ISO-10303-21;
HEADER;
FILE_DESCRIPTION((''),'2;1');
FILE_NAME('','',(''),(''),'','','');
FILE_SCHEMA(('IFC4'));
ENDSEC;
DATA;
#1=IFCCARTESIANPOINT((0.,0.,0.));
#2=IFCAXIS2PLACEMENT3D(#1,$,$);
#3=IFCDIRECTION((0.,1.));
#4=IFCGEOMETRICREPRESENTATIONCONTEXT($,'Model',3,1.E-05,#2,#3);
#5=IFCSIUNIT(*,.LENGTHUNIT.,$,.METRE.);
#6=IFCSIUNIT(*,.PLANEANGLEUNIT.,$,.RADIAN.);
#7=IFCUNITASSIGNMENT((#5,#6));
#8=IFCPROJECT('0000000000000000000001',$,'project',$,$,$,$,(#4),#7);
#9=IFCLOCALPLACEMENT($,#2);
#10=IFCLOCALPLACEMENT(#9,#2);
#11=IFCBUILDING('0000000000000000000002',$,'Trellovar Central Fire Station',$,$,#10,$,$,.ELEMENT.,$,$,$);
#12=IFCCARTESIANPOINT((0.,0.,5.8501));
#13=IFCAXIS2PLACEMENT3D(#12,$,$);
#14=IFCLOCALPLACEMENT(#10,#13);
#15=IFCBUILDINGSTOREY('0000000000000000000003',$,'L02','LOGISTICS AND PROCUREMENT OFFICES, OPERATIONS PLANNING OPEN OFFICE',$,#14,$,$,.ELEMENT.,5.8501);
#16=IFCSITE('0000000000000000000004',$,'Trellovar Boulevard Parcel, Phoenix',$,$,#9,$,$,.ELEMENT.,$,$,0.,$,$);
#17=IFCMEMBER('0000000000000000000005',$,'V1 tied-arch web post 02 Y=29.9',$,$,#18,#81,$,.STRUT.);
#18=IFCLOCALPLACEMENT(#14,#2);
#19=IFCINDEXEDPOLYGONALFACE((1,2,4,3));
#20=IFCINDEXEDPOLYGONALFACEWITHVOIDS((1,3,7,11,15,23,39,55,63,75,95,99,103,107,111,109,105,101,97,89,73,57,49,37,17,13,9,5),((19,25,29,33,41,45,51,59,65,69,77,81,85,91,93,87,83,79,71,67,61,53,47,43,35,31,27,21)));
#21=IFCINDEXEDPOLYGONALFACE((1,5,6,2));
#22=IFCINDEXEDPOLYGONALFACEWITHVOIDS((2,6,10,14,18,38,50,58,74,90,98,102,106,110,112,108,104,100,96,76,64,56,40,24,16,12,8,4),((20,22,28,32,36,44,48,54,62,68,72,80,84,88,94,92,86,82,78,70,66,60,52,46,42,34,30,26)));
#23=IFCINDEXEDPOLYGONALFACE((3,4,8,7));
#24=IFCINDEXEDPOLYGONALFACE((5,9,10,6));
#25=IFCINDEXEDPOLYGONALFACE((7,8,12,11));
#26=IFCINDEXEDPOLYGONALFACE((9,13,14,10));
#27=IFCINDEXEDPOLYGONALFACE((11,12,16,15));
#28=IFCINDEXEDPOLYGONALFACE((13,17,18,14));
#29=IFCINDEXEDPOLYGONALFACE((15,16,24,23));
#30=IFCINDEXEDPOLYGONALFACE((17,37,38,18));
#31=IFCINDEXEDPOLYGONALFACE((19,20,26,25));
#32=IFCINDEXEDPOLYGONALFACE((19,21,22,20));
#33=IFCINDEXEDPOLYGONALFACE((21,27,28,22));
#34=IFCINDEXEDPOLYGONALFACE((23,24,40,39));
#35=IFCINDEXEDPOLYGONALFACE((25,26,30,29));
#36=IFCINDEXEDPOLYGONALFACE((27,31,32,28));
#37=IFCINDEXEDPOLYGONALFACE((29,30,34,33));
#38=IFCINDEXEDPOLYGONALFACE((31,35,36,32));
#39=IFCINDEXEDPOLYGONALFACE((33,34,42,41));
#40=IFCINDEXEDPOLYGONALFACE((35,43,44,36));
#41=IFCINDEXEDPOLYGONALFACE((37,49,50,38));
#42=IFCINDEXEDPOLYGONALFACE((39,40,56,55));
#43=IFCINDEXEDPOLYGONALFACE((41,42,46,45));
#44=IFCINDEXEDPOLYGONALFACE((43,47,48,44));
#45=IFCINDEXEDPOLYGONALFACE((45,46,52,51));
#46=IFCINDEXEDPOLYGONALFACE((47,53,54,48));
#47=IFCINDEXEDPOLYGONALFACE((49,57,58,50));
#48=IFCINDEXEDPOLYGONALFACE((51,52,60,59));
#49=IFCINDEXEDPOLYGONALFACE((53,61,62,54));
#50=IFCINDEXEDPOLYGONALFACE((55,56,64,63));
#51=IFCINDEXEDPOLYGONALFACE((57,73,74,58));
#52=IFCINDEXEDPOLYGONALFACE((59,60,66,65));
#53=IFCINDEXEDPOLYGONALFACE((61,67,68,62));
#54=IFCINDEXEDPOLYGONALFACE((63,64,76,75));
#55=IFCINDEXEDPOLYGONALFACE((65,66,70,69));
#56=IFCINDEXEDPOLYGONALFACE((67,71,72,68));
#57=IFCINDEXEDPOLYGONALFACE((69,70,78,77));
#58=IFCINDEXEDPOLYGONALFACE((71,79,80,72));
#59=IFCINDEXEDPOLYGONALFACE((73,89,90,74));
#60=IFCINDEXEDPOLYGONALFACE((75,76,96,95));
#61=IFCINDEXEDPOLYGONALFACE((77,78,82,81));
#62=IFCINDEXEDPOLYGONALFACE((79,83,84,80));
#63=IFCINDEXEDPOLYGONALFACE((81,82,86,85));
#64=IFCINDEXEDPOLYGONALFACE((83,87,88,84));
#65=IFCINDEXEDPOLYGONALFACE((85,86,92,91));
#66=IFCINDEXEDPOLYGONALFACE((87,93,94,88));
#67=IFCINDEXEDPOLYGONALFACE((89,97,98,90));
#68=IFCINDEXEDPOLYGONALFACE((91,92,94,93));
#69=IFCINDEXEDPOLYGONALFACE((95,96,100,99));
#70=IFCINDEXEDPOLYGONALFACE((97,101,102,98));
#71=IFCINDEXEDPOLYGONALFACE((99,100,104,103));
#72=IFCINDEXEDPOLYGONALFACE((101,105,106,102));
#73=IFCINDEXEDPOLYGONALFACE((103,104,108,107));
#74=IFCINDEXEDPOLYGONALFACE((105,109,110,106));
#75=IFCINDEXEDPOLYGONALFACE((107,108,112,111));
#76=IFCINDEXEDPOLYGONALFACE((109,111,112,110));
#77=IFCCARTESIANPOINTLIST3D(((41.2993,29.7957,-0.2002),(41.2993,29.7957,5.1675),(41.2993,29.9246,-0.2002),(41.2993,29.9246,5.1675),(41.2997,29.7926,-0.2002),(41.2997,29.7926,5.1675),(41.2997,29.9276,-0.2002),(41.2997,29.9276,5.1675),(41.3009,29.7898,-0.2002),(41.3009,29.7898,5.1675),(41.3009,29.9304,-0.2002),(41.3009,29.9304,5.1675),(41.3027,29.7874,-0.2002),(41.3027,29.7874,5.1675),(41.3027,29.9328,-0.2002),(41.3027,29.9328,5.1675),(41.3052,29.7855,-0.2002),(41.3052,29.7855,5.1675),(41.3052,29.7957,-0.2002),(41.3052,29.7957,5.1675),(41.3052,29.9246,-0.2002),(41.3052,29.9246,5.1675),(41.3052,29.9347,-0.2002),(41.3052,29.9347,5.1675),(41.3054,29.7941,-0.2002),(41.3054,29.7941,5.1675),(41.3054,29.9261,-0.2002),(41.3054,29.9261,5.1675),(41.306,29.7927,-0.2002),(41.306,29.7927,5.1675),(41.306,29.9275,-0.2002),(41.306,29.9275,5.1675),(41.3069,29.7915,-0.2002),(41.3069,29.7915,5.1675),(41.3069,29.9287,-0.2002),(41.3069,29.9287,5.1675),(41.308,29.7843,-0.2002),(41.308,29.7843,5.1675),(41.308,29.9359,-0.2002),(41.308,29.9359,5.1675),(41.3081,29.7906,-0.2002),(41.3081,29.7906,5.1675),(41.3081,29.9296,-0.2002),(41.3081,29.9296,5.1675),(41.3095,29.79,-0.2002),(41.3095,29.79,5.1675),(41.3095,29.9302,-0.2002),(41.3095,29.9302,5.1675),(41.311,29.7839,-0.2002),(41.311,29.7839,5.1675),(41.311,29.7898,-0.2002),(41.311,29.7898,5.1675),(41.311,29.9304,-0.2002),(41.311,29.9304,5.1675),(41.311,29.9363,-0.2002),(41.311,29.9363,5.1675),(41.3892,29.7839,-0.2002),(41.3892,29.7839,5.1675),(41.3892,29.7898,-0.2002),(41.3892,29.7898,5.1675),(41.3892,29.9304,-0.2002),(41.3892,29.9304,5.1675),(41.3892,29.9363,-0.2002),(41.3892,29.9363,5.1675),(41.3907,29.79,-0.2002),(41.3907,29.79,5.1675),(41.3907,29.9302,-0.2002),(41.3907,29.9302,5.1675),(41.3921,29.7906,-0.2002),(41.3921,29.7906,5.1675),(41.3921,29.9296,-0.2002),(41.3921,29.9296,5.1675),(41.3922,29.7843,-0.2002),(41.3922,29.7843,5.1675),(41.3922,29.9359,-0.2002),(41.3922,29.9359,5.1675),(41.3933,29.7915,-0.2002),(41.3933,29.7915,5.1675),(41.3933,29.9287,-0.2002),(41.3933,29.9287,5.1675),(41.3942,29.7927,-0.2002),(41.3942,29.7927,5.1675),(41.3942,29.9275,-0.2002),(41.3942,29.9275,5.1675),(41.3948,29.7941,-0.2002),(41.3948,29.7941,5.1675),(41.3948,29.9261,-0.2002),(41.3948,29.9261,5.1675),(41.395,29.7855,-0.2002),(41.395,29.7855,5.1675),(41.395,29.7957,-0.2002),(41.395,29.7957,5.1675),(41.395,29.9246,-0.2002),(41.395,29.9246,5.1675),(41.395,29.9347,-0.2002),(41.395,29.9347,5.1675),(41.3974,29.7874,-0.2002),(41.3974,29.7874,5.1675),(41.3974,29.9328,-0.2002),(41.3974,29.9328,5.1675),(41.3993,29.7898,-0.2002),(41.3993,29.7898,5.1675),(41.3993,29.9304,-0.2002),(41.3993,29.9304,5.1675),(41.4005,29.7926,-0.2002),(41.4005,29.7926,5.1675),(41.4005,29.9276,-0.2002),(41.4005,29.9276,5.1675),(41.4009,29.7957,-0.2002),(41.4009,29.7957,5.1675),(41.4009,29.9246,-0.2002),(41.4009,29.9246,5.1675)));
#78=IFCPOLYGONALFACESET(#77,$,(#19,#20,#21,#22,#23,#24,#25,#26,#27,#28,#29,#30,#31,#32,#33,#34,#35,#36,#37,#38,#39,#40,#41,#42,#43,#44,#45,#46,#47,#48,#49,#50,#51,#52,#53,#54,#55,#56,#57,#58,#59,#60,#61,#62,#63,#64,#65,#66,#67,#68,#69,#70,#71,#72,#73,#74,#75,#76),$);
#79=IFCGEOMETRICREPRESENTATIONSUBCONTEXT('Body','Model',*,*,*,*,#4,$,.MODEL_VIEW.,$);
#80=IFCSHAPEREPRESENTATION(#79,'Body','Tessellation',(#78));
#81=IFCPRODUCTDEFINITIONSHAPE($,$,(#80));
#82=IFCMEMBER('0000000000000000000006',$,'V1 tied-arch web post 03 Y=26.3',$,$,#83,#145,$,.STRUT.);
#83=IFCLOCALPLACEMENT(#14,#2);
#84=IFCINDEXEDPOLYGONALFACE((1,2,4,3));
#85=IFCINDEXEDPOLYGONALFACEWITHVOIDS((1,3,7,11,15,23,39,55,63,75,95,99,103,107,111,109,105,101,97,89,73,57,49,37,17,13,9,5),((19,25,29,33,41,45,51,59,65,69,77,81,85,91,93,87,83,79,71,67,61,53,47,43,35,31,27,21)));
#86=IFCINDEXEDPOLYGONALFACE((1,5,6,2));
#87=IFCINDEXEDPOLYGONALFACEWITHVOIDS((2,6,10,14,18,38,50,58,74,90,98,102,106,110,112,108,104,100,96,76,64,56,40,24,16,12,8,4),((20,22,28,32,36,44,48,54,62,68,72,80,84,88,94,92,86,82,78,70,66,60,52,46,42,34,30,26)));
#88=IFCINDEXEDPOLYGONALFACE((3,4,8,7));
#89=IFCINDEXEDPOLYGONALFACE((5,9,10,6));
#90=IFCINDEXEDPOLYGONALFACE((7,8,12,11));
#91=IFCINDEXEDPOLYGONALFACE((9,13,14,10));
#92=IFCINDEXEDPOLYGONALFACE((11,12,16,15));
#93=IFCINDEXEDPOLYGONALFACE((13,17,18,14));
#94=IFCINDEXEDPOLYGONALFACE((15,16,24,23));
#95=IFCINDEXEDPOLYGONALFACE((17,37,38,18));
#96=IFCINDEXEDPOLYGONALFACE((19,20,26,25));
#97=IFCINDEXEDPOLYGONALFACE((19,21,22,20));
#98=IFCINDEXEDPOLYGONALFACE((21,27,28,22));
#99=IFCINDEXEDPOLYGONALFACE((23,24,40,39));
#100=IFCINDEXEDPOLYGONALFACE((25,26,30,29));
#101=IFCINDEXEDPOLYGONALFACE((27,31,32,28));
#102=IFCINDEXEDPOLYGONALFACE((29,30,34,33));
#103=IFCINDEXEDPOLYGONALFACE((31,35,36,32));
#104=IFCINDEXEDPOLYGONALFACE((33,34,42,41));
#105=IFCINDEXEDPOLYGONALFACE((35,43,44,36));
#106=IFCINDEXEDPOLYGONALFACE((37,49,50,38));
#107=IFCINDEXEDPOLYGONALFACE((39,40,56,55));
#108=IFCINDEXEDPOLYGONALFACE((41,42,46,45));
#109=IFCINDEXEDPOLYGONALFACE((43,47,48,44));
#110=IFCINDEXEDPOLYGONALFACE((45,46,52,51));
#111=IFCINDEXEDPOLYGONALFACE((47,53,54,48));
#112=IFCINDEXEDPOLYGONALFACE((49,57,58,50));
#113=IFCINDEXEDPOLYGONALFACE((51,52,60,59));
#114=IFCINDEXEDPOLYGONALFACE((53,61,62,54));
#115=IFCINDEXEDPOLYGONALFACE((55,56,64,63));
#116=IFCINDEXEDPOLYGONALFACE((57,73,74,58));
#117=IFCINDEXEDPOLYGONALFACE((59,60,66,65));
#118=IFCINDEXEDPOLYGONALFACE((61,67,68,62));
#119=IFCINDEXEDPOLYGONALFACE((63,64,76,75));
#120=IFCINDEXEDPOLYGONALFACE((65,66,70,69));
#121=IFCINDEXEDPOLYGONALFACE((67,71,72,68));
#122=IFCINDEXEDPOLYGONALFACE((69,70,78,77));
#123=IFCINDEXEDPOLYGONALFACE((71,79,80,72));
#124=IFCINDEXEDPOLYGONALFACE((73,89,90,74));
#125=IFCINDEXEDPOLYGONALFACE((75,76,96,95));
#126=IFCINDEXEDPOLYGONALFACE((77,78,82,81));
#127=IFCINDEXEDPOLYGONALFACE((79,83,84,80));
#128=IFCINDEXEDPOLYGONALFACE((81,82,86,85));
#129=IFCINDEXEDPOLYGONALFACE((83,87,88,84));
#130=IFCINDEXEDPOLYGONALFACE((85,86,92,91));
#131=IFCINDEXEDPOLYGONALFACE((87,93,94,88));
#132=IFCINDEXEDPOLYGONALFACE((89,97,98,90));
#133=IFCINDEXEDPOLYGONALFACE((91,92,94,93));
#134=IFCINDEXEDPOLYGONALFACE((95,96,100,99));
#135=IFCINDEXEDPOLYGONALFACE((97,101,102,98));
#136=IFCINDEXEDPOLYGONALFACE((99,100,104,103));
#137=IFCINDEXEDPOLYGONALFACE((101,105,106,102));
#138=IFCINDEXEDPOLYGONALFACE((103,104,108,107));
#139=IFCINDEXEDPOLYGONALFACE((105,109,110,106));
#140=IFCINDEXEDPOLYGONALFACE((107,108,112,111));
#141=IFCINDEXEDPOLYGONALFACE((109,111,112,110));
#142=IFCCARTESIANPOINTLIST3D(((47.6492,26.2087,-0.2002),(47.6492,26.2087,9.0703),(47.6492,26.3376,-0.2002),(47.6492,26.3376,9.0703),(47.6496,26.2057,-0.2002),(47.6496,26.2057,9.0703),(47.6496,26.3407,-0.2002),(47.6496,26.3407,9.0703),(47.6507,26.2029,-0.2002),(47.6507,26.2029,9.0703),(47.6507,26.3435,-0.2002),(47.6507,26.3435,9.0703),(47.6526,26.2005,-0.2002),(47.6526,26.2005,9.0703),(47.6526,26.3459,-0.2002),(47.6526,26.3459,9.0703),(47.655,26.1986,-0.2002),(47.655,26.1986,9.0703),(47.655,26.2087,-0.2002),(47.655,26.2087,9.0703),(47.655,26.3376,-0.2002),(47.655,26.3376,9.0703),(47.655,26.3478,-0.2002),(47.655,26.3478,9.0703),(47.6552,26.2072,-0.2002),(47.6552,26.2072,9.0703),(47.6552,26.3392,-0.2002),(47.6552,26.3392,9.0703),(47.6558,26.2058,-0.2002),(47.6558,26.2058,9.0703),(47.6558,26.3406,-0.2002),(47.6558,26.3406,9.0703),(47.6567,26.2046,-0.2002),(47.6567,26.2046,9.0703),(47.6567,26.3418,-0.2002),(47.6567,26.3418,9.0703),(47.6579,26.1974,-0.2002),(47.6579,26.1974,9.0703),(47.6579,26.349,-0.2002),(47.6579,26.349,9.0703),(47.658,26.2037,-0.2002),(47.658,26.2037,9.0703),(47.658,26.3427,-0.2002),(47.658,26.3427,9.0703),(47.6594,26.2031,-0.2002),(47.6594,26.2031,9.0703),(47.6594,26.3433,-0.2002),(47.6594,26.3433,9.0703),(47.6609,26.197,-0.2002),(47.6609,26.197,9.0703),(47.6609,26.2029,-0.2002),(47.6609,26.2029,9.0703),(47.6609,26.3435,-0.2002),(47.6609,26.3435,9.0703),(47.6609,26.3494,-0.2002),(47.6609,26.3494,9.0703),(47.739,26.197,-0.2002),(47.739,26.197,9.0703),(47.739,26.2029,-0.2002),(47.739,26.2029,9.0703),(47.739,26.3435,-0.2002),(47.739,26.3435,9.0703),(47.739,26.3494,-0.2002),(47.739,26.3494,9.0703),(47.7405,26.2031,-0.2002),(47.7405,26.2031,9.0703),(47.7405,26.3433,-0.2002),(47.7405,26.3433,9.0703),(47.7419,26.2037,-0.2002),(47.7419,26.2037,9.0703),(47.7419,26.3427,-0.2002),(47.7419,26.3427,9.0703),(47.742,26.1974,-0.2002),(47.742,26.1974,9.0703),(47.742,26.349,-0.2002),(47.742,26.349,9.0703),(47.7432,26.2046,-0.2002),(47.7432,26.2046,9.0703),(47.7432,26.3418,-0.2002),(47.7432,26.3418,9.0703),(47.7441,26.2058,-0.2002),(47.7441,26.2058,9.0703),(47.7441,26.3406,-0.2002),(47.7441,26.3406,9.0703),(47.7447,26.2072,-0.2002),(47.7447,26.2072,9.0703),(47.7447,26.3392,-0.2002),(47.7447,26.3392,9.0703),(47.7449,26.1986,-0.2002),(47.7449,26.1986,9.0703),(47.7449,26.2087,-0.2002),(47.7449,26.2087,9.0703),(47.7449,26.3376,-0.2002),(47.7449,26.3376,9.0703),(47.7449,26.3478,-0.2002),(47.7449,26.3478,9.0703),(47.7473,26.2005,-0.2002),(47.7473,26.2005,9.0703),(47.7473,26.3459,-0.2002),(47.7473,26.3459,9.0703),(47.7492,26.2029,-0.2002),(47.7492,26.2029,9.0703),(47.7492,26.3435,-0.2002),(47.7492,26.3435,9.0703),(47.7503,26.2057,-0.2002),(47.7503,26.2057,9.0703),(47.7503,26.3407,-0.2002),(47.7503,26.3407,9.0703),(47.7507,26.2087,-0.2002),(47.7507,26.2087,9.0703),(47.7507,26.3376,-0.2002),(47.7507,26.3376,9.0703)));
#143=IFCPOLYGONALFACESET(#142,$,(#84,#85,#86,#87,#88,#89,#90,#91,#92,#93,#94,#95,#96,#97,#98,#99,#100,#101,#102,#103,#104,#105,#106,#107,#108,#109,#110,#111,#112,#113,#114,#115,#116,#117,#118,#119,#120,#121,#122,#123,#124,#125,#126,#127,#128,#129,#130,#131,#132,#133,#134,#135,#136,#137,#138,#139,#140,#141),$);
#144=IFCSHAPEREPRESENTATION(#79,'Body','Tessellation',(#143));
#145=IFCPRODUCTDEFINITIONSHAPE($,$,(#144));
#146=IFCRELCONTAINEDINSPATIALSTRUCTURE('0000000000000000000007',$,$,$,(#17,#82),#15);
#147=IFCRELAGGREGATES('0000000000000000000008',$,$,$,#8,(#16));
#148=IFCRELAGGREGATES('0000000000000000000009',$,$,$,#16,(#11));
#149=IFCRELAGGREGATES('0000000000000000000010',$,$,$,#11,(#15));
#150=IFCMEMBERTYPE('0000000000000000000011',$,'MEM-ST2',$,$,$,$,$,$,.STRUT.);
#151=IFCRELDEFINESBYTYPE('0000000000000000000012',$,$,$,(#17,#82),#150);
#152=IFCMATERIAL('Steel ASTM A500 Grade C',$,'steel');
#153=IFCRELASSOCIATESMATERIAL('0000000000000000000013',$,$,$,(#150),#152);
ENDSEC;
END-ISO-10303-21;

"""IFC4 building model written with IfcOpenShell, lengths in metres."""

from ifc_helpers import new_model, si_unit, direction, frame, origin, origin_2d, place, context, subcontext, project, spatial, hollow_rectangle, extrude, material, material_profile, profile_set, type_object, element, save


model = new_model("IFC4")

# Units and contexts
model_context = context("Model", 3, precision=1e-05, world=origin(), true_north=direction((0.0, 1.0)))
body_context = subcontext(model_context, "Body", "Model", "MODEL_VIEW")
ifc_project = project(units=[si_unit("LENGTHUNIT", "METRE"), si_unit("PLANEANGLEUNIT", "RADIAN")], contexts=[model_context])

# Site, building, storey
site_placement = place(None, origin())
site = spatial("IfcSite", under=ifc_project, at=site_placement, Name="Trellovar Boulevard Parcel, Phoenix", CompositionType="ELEMENT", RefElevation=0.0)
building_placement = place(site_placement, origin())
building = spatial("IfcBuilding", under=site, at=building_placement, Name="Trellovar Central Fire Station", CompositionType="ELEMENT")
storey_placement = place(building_placement, frame((0.0, 0.0, 5.8501)))
storey = spatial("IfcBuildingStorey", under=building, at=storey_placement, Name="L02", Description="LOGISTICS AND PROCUREMENT OFFICES, OPERATIONS PLANNING OPEN OFFICE", CompositionType="ELEMENT", Elevation=5.8501)

# Members
ifc_material_1 = material(Name="Steel ASTM A500 Grade C", Category="steel")
ifc_material_profile_1 = material_profile(ifc_material_1, hollow_rectangle(XDim=0.1016, YDim=0.1523, WallThickness=0.0059, InnerFilletRadius=0.0059, OuterFilletRadius=0.0117, at=origin_2d()), Name="HSS6X4X1/4")
ifc_profile_set_1 = profile_set([ifc_material_profile_1], Name="Steel ASTM A500 Grade C")
member_type_1 = type_object("IfcMemberType", Name="MEM-ST2", PredefinedType="STRUT", material=ifc_profile_set_1)
member_1_placement = place(storey_placement, frame((41.3501, 29.8601, -0.2002), z_axis=(0.0, 0.0, 1.0), x_axis=(1.0, 0.0, 0.0)))
element("IfcMember", 1, at=member_1_placement, inside=storey, type_object=member_type_1, Name="V1 tied-arch web post 02 Y=29.9", PredefinedType="STRUT", context=body_context, shape_type="SweptSolid", body=[
    extrude(hollow_rectangle(XDim=0.1016, YDim=0.1523, WallThickness=0.0059, InnerFilletRadius=0.0059, OuterFilletRadius=0.0117, at=origin_2d()), origin(), (0.0, 0.0, 1.0), 5.3677),
])
member_2_placement = place(storey_placement, frame((47.7, 26.2732, -0.2002), z_axis=(0.0, 0.0, 1.0), x_axis=(1.0, 0.0, 0.0)))
element("IfcMember", 2, at=member_2_placement, inside=storey, type_object=member_type_1, Name="V1 tied-arch web post 03 Y=26.3", PredefinedType="STRUT", context=body_context, shape_type="SweptSolid", body=[
    extrude(hollow_rectangle(XDim=0.1016, YDim=0.1523, WallThickness=0.0059, InnerFilletRadius=0.0059, OuterFilletRadius=0.0117, at=origin_2d()), origin(), (0.0, 0.0, 1.0), 9.2705),
])

save(model, "model.ifc")
